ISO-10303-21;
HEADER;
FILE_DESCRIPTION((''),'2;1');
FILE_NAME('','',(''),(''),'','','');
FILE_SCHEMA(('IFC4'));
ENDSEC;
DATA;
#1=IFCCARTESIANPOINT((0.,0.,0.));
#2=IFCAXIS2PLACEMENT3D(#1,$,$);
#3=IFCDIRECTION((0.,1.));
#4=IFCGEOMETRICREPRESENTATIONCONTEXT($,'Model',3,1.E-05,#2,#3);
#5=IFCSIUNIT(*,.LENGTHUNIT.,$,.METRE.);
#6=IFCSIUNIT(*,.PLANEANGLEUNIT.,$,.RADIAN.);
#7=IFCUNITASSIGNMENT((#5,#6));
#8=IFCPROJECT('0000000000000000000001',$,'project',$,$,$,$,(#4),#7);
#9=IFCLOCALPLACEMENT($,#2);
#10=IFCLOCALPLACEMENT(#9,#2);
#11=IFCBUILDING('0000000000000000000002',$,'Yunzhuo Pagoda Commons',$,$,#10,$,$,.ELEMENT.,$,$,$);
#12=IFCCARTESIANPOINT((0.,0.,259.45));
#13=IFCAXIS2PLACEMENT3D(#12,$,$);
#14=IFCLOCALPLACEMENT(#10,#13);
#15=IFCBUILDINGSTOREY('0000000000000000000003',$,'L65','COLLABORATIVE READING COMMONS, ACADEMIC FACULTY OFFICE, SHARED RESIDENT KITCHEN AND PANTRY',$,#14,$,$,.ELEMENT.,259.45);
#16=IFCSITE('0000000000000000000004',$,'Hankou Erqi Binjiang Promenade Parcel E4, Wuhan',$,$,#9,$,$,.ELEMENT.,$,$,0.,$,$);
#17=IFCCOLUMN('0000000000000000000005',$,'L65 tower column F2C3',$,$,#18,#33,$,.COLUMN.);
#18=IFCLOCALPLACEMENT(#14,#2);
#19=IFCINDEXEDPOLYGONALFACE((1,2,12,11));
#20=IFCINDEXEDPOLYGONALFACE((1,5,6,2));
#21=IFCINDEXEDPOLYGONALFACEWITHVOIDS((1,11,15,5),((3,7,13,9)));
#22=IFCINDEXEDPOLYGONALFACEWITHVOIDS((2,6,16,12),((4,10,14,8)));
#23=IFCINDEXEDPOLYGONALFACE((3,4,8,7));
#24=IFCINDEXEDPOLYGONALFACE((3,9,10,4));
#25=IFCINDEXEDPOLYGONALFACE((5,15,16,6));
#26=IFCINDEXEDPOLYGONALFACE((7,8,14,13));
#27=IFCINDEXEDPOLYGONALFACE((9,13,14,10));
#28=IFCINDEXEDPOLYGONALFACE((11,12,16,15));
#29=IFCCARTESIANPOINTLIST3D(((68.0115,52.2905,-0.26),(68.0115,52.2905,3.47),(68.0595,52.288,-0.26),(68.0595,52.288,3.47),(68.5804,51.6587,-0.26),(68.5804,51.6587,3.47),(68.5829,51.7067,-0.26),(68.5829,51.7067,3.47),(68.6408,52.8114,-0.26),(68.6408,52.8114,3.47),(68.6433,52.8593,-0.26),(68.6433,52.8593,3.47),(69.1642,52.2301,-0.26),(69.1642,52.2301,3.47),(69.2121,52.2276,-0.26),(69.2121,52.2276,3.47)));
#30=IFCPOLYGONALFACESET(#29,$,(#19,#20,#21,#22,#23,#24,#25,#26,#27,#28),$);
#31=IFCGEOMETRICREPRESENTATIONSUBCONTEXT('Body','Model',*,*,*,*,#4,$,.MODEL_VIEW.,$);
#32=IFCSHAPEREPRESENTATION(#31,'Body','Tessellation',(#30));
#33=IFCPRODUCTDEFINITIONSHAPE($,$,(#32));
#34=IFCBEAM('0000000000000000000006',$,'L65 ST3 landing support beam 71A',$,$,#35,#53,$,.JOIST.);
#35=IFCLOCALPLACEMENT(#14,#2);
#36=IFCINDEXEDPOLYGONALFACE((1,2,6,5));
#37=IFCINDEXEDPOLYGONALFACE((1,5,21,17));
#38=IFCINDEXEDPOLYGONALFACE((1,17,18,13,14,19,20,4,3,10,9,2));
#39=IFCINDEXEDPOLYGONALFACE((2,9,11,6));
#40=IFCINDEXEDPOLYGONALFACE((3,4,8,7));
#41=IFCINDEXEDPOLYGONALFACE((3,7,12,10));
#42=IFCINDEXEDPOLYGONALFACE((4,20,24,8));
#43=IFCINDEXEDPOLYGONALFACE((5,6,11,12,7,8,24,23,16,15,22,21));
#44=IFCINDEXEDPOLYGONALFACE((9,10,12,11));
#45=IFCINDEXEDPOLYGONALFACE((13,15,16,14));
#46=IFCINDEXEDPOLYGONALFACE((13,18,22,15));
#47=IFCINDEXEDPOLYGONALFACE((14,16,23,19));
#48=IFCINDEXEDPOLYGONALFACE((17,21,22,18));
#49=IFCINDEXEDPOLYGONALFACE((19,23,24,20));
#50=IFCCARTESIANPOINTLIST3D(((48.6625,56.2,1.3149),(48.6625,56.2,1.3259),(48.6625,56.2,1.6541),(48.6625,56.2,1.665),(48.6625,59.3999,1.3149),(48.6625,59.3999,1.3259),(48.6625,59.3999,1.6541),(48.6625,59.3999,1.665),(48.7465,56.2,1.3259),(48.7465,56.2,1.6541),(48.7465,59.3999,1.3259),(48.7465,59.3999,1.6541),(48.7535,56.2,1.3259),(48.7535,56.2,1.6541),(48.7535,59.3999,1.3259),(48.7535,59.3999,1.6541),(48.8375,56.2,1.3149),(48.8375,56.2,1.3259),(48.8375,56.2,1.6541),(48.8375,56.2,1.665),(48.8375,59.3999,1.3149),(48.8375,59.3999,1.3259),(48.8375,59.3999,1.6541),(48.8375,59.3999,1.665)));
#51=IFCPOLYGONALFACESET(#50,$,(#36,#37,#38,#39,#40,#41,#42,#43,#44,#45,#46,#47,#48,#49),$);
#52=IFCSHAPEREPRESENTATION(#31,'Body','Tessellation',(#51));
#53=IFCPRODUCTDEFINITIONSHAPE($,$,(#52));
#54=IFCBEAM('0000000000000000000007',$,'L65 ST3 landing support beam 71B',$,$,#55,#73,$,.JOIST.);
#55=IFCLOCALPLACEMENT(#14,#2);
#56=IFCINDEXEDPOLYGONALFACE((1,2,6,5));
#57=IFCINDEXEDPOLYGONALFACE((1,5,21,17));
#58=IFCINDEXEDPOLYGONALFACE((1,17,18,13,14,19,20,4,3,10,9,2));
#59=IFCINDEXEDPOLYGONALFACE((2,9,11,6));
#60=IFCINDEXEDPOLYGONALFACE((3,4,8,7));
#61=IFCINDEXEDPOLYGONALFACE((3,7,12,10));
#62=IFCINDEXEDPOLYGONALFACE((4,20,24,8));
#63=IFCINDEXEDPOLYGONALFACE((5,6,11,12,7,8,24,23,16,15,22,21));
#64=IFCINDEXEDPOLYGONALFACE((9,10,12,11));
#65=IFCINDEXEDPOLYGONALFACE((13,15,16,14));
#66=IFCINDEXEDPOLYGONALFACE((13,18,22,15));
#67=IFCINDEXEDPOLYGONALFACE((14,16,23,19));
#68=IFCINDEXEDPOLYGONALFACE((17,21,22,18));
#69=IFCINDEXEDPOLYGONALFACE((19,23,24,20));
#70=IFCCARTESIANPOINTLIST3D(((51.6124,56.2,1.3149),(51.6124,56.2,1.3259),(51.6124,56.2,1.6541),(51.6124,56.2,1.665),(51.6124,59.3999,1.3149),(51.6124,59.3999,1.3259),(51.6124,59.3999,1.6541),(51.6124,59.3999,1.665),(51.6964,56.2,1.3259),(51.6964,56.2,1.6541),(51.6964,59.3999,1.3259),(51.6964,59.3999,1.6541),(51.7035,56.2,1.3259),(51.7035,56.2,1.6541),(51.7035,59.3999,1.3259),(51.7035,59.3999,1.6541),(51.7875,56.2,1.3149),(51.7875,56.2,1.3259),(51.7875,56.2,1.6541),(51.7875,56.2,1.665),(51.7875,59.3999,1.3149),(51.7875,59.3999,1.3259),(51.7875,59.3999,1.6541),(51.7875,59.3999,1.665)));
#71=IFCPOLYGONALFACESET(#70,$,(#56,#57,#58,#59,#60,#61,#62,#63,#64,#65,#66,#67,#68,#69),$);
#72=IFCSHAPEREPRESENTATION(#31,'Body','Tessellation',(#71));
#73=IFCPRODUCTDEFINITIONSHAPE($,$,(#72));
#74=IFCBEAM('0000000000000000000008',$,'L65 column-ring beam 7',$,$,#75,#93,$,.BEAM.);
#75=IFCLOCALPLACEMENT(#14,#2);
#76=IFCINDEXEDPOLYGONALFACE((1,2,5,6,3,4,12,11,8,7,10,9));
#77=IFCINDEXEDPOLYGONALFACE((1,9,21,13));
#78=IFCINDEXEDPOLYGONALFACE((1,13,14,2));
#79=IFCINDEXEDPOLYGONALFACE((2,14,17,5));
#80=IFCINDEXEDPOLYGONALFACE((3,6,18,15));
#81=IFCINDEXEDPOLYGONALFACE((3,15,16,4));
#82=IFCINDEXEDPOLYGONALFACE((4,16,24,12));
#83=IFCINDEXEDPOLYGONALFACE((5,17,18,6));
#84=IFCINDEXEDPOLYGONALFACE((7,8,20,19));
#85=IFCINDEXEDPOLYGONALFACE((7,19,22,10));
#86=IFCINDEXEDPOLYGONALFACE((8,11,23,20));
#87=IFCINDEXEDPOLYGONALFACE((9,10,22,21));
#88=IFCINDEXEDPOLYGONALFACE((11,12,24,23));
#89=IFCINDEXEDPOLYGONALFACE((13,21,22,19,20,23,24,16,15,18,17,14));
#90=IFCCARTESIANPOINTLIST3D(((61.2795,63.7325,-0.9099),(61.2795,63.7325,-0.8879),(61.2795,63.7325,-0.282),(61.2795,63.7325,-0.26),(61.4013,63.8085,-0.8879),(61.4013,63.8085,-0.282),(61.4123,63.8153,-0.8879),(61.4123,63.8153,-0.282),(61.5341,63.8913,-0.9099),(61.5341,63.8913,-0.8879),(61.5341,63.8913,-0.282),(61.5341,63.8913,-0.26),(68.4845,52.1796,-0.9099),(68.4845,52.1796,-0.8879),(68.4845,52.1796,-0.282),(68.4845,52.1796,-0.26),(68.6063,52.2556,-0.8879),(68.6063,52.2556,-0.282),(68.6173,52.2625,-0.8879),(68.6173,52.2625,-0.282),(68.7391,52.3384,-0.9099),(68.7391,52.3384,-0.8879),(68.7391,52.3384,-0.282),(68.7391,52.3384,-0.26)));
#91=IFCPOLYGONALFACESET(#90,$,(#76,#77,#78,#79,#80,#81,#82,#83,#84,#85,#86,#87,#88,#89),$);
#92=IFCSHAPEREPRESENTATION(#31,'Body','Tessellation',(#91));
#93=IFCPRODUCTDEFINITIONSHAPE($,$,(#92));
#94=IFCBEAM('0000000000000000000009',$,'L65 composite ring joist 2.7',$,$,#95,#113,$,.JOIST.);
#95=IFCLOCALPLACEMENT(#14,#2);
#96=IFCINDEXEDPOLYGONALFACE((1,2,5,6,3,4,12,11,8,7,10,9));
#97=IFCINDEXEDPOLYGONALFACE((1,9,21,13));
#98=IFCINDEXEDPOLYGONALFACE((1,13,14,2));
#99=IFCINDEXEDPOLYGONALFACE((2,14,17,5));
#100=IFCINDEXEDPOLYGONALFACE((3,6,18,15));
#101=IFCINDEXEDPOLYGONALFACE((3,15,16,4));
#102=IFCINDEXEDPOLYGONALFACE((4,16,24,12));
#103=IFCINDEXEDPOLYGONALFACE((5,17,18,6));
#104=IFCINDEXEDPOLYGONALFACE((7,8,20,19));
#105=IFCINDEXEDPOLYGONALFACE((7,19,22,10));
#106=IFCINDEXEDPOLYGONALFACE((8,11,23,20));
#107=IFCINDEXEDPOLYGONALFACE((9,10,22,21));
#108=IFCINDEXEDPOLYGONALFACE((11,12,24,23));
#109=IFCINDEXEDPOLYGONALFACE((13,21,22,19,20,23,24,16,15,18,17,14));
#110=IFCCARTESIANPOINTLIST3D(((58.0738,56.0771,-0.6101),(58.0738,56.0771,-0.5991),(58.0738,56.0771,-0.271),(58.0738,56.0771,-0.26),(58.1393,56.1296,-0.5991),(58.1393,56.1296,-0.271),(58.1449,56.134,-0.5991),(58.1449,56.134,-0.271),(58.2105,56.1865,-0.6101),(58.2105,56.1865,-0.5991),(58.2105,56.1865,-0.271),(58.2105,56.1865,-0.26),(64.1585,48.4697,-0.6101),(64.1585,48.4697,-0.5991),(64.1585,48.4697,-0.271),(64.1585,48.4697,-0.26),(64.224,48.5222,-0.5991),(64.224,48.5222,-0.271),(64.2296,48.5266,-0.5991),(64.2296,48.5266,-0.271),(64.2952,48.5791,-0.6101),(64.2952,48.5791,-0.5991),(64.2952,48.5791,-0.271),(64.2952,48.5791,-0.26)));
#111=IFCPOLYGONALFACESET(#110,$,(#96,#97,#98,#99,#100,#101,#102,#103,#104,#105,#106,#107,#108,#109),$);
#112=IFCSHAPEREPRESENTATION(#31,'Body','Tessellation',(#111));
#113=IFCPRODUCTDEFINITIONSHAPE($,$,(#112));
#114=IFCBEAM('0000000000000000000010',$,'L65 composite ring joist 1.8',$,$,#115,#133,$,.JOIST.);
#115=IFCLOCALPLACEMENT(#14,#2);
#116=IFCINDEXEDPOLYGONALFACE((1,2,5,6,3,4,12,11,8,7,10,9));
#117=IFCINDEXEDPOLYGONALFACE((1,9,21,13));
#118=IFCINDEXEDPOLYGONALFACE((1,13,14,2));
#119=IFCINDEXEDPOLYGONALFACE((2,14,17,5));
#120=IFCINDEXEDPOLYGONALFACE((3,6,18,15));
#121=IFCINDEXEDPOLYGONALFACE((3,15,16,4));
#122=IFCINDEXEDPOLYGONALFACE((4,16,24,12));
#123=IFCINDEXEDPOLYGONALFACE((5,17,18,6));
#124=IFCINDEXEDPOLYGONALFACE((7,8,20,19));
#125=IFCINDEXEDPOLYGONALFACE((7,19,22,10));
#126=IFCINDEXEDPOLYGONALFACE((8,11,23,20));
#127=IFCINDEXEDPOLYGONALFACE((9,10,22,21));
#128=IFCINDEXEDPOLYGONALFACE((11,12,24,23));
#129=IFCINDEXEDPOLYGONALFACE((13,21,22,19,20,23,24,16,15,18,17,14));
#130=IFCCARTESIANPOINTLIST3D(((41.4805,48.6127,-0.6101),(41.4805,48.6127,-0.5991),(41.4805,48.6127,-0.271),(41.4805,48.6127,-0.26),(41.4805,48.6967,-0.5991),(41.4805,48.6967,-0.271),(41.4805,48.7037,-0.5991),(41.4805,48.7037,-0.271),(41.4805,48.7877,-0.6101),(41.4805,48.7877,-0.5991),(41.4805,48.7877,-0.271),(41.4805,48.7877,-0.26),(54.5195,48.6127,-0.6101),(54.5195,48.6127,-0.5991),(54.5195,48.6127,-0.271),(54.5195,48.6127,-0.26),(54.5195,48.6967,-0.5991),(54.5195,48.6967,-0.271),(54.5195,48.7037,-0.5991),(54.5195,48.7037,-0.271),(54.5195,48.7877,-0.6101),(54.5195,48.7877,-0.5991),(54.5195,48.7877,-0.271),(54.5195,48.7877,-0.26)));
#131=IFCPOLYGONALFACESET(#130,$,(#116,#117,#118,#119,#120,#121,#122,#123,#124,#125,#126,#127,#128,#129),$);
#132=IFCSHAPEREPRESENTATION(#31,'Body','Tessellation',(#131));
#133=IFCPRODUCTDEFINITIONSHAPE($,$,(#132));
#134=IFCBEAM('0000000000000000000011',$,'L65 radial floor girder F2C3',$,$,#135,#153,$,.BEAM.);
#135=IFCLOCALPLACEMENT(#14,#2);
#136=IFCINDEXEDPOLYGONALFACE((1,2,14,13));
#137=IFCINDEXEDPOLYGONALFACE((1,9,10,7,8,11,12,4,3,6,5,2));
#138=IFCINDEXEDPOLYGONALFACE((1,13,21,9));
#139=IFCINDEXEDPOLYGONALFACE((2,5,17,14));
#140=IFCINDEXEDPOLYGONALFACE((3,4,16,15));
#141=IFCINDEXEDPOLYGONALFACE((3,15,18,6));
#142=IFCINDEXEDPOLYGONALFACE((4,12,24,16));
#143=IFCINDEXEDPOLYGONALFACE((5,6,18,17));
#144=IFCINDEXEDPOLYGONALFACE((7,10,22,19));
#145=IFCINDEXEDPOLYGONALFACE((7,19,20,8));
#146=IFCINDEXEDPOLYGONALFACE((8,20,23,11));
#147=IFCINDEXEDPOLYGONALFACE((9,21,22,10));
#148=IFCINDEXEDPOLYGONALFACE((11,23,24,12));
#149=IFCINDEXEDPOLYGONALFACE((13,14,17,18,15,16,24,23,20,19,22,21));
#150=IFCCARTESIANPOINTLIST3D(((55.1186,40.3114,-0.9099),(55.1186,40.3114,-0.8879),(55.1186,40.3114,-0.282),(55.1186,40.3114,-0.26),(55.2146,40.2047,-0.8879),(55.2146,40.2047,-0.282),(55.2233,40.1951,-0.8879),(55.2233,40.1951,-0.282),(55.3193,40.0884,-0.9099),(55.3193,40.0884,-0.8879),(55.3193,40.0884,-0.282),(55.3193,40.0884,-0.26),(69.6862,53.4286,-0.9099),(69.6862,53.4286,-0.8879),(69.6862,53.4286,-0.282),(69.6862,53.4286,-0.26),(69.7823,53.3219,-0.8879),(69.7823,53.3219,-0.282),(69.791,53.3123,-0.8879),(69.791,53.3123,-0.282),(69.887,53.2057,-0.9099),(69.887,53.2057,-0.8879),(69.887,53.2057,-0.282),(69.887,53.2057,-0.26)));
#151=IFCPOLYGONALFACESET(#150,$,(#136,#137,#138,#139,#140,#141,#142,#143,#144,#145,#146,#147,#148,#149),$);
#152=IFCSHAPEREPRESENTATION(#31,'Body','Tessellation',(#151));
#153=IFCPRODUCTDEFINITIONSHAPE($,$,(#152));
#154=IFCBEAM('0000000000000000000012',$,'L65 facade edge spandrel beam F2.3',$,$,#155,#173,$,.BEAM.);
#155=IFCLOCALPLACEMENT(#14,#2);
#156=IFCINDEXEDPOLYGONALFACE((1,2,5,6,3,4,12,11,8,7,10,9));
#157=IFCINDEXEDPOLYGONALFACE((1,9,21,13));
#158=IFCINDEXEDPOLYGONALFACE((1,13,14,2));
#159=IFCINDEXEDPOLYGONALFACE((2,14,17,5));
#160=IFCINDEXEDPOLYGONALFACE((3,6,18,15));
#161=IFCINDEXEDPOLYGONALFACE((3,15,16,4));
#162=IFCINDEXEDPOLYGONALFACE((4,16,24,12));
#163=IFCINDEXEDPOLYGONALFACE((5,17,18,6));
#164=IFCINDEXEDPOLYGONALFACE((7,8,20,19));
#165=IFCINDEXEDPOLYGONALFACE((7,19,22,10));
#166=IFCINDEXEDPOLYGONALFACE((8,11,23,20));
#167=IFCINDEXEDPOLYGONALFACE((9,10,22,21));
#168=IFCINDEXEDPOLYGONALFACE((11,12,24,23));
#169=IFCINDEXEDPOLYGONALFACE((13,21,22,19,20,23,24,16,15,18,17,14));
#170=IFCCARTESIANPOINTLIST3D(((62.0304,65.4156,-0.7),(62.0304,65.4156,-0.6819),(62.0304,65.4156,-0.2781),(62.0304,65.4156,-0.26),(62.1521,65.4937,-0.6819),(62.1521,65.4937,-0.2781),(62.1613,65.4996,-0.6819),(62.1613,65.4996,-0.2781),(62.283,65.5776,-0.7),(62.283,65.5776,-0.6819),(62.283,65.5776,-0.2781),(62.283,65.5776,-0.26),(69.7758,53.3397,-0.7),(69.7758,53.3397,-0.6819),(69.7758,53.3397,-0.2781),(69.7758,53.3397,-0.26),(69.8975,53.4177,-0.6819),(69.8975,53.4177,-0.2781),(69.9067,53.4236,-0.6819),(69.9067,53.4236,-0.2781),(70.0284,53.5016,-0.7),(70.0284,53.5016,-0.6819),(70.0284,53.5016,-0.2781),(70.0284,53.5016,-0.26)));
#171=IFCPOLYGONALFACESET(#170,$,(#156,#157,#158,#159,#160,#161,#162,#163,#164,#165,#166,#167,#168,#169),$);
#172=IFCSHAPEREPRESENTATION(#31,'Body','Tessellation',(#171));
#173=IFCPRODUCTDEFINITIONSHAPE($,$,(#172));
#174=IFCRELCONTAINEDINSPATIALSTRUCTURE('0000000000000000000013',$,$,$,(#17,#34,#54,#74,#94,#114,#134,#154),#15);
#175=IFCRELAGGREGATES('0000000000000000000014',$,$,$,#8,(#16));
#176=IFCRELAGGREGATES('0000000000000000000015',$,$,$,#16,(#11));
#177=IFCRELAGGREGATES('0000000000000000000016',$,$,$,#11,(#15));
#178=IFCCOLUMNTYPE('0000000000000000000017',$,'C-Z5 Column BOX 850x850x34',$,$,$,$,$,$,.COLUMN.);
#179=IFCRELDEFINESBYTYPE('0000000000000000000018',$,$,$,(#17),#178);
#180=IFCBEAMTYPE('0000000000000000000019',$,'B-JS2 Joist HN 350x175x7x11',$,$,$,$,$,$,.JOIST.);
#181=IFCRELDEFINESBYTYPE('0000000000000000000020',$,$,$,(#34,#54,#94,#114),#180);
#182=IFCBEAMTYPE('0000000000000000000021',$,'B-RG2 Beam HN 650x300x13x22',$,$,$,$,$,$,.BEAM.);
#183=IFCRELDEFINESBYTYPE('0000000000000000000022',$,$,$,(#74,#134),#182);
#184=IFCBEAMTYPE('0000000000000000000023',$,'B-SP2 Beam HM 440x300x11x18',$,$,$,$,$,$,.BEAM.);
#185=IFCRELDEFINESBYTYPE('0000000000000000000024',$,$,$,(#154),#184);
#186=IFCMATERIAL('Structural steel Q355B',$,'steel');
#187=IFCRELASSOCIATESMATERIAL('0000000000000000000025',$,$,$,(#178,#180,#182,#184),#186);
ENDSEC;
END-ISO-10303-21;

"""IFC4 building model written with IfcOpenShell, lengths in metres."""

from ifc_helpers import new_model, si_unit, direction, frame, origin, origin_2d, place, context, subcontext, project, spatial, hollow_rectangle, i_section, extrude, source, transform, mapped, material, material_profile, profile_set, type_object, element, save


model = new_model("IFC4")

# Units and contexts
model_context = context("Model", 3, precision=1e-05, world=origin(), true_north=direction((0.0, 1.0)))
body_context = subcontext(model_context, "Body", "Model", "MODEL_VIEW")
ifc_project = project(units=[si_unit("LENGTHUNIT", "METRE"), si_unit("PLANEANGLEUNIT", "RADIAN")], contexts=[model_context])

# Site, building, storey
site_placement = place(None, origin())
site = spatial("IfcSite", under=ifc_project, at=site_placement, Name="Hankou Erqi Binjiang Promenade Parcel E4, Wuhan", CompositionType="ELEMENT", RefElevation=0.0)
building_placement = place(site_placement, origin())
building = spatial("IfcBuilding", under=site, at=building_placement, Name="Yunzhuo Pagoda Commons", CompositionType="ELEMENT")
storey_placement = place(building_placement, frame((0.0, 0.0, 259.45)))
storey = spatial("IfcBuildingStorey", under=building, at=storey_placement, Name="L65", Description="COLLABORATIVE READING COMMONS, ACADEMIC FACULTY OFFICE, SHARED RESIDENT KITCHEN AND PANTRY", CompositionType="ELEMENT", Elevation=259.45)

# Column
ifc_material_1 = material(Name="Structural steel Q355B", Category="steel")
ifc_material_profile_1 = material_profile(ifc_material_1, hollow_rectangle(XDim=0.8501, YDim=0.8501, WallThickness=0.0339, at=origin_2d()), Name="Structural steel Q355B")
ifc_profile_set_1 = profile_set([ifc_material_profile_1], Name="Structural steel Q355B")
column_type = type_object("IfcColumnType", Name="C-Z5 Column BOX 850x850x34", PredefinedType="COLUMN", material=ifc_profile_set_1)
shared_shape_1 = source(origin(), body_context, "Body", "SweptSolid", [
    extrude(hollow_rectangle(XDim=0.8501, YDim=0.8501, WallThickness=0.0339, at=origin_2d()), origin(), (0.0, 0.0, 1.0), 3.73),
])
column_placement = place(storey_placement, frame((68.6118, 52.259, -0.26), z_axis=(0.0, 0.0, 1.0), x_axis=(-0.669131, 0.743145, 0.0)))
element("IfcColumn", 1, at=column_placement, inside=storey, type_object=column_type, Name="L65 tower column F2C3", PredefinedType="COLUMN", context=body_context, shape_type="MappedRepresentation", body=[
    mapped(shared_shape_1, transform((0.0, 0.0, 0.0), scale=1.0)),
])

# Beams
ifc_material_profile_2 = material_profile(ifc_material_1, i_section(OverallWidth=0.175, OverallDepth=0.3501, WebThickness=0.0071, FlangeThickness=0.011, at=origin_2d()), Name="Structural steel Q355B")
ifc_profile_set_2 = profile_set([ifc_material_profile_2], Name="Structural steel Q355B")
beam_type_1 = type_object("IfcBeamType", Name="B-JS2 Joist HN 350x175x7x11", PredefinedType="JOIST", material=ifc_profile_set_2)
shared_shape_2 = source(origin(), body_context, "Body", "SweptSolid", [
    extrude(i_section(OverallWidth=0.175, OverallDepth=0.3501, WebThickness=0.0071, FlangeThickness=0.011, at=origin_2d()), origin(), (0.0, 0.0, 1.0), 3.2),
])
for number, where, z_axis, x_axis, name in (
    (2, (48.75, 56.2, 1.49), (0.0, 1.0, 0.0), (-1.0, 0.0, 0.0), "L65 ST3 landing support beam 71A"),
    (3, (51.7, 56.2, 1.49), (0.0, 1.0, 0.0), (-1.0, 0.0, 0.0), "L65 ST3 landing support beam 71B"),
):
    element("IfcBeam", number, at=place(storey_placement, frame(where, z_axis=z_axis, x_axis=x_axis)), inside=storey, type_object=beam_type_1, Name=name, PredefinedType="JOIST", context=body_context, shape_type="MappedRepresentation", body=[
        mapped(shared_shape_2, transform((0.0, 0.0, 0.0), scale=1.0)),
    ])
ifc_material_profile_3 = material_profile(ifc_material_1, i_section(OverallWidth=0.3, OverallDepth=0.6499, WebThickness=0.0129, FlangeThickness=0.022, at=origin_2d()), Name="Structural steel Q355B")
ifc_profile_set_3 = profile_set([ifc_material_profile_3], Name="Structural steel Q355B")
beam_type_2 = type_object("IfcBeamType", Name="B-RG2 Beam HN 650x300x13x22", PredefinedType="BEAM", material=ifc_profile_set_3)
shared_shape_3 = source(origin(), body_context, "Body", "SweptSolid", [
    extrude(i_section(OverallWidth=0.3, OverallDepth=0.6499, WebThickness=0.0129, FlangeThickness=0.022, at=origin_2d()), origin(), (0.0, 0.0, 1.0), 13.6155),
])
beam_1_placement = place(storey_placement, frame((68.6118, 52.259, -0.585), z_axis=(-0.529178, 0.848511, 0.0), x_axis=(-0.848511, -0.529178, 0.0)))
element("IfcBeam", 4, at=beam_1_placement, inside=storey, type_object=beam_type_2, Name="L65 column-ring beam 7", PredefinedType="BEAM", context=body_context, shape_type="MappedRepresentation", body=[
    mapped(shared_shape_3, transform((0.0, 0.0, 0.0), scale=1.0)),
])
shared_shape_4 = source(origin(), body_context, "Body", "SweptSolid", [
    extrude(i_section(OverallWidth=0.175, OverallDepth=0.3501, WebThickness=0.0071, FlangeThickness=0.011, at=origin_2d()), origin(), (0.0, 0.0, 1.0), 9.7415),
])
beam_2_placement = place(storey_placement, frame((64.2268, 48.5244, -0.4351), z_axis=(-0.624619, 0.78093, 0.0), x_axis=(-0.78093, -0.624619, 0.0)))
element("IfcBeam", 5, at=beam_2_placement, inside=storey, type_object=beam_type_1, Name="L65 composite ring joist 2.7", PredefinedType="JOIST", context=body_context, shape_type="MappedRepresentation", body=[
    mapped(shared_shape_4, transform((0.0, 0.0, 0.0), scale=1.0)),
])
shared_shape_5 = source(origin(), body_context, "Body", "SweptSolid", [
    extrude(i_section(OverallWidth=0.175, OverallDepth=0.3501, WebThickness=0.0071, FlangeThickness=0.011, at=origin_2d()), origin(), (0.0, 0.0, 1.0), 13.0391),
])
beam_3_placement = place(storey_placement, frame((54.5195, 48.7002, -0.4351), z_axis=(-1.0, 0.0, 0.0), x_axis=(0.0, -1.0, 0.0)))
element("IfcBeam", 6, at=beam_3_placement, inside=storey, type_object=beam_type_1, Name="L65 composite ring joist 1.8", PredefinedType="JOIST", context=body_context, shape_type="MappedRepresentation", body=[
    mapped(shared_shape_5, transform((0.0, 0.0, 0.0), scale=1.0)),
])
shared_shape_6 = source(origin(), body_context, "Body", "SweptSolid", [
    extrude(i_section(OverallWidth=0.3, OverallDepth=0.6499, WebThickness=0.0129, FlangeThickness=0.022, at=origin_2d()), origin(), (0.0, 0.0, 1.0), 19.603),
])
beam_4_placement = place(storey_placement, frame((69.7866, 53.3171, -0.585), z_axis=(-0.743134, -0.669143, 0.0), x_axis=(0.669143, -0.743134, 0.0)))
element("IfcBeam", 7, at=beam_4_placement, inside=storey, type_object=beam_type_2, Name="L65 radial floor girder F2C3", PredefinedType="BEAM", context=body_context, shape_type="MappedRepresentation", body=[
    mapped(shared_shape_6, transform((0.0, 0.0, 0.0), scale=1.0)),
])
ifc_material_profile_4 = material_profile(ifc_material_1, i_section(OverallWidth=0.3, OverallDepth=0.4399, WebThickness=0.011, FlangeThickness=0.0181, at=origin_2d()), Name="Structural steel Q355B")
ifc_profile_set_4 = profile_set([ifc_material_profile_4], Name="Structural steel Q355B")
beam_type_3 = type_object("IfcBeamType", Name="B-SP2 Beam HM 440x300x11x18", PredefinedType="BEAM", material=ifc_profile_set_4)
shared_shape_7 = source(origin(), body_context, "Body", "SweptSolid", [
    extrude(i_section(OverallWidth=0.3, OverallDepth=0.4399, WebThickness=0.011, FlangeThickness=0.0181, at=origin_2d()), origin(), (0.0, 0.0, 1.0), 14.3464),
])
beam_5_placement = place(storey_placement, frame((69.9021, 53.4207, -0.48), z_axis=(-0.539883, 0.84174, 0.0), x_axis=(-0.84174, -0.539883, 0.0)))
element("IfcBeam", 8, at=beam_5_placement, inside=storey, type_object=beam_type_3, Name="L65 facade edge spandrel beam F2.3", PredefinedType="BEAM", context=body_context, shape_type="MappedRepresentation", body=[
    mapped(shared_shape_7, transform((0.0, 0.0, 0.0), scale=1.0)),
])

save(model, "model.ifc")
